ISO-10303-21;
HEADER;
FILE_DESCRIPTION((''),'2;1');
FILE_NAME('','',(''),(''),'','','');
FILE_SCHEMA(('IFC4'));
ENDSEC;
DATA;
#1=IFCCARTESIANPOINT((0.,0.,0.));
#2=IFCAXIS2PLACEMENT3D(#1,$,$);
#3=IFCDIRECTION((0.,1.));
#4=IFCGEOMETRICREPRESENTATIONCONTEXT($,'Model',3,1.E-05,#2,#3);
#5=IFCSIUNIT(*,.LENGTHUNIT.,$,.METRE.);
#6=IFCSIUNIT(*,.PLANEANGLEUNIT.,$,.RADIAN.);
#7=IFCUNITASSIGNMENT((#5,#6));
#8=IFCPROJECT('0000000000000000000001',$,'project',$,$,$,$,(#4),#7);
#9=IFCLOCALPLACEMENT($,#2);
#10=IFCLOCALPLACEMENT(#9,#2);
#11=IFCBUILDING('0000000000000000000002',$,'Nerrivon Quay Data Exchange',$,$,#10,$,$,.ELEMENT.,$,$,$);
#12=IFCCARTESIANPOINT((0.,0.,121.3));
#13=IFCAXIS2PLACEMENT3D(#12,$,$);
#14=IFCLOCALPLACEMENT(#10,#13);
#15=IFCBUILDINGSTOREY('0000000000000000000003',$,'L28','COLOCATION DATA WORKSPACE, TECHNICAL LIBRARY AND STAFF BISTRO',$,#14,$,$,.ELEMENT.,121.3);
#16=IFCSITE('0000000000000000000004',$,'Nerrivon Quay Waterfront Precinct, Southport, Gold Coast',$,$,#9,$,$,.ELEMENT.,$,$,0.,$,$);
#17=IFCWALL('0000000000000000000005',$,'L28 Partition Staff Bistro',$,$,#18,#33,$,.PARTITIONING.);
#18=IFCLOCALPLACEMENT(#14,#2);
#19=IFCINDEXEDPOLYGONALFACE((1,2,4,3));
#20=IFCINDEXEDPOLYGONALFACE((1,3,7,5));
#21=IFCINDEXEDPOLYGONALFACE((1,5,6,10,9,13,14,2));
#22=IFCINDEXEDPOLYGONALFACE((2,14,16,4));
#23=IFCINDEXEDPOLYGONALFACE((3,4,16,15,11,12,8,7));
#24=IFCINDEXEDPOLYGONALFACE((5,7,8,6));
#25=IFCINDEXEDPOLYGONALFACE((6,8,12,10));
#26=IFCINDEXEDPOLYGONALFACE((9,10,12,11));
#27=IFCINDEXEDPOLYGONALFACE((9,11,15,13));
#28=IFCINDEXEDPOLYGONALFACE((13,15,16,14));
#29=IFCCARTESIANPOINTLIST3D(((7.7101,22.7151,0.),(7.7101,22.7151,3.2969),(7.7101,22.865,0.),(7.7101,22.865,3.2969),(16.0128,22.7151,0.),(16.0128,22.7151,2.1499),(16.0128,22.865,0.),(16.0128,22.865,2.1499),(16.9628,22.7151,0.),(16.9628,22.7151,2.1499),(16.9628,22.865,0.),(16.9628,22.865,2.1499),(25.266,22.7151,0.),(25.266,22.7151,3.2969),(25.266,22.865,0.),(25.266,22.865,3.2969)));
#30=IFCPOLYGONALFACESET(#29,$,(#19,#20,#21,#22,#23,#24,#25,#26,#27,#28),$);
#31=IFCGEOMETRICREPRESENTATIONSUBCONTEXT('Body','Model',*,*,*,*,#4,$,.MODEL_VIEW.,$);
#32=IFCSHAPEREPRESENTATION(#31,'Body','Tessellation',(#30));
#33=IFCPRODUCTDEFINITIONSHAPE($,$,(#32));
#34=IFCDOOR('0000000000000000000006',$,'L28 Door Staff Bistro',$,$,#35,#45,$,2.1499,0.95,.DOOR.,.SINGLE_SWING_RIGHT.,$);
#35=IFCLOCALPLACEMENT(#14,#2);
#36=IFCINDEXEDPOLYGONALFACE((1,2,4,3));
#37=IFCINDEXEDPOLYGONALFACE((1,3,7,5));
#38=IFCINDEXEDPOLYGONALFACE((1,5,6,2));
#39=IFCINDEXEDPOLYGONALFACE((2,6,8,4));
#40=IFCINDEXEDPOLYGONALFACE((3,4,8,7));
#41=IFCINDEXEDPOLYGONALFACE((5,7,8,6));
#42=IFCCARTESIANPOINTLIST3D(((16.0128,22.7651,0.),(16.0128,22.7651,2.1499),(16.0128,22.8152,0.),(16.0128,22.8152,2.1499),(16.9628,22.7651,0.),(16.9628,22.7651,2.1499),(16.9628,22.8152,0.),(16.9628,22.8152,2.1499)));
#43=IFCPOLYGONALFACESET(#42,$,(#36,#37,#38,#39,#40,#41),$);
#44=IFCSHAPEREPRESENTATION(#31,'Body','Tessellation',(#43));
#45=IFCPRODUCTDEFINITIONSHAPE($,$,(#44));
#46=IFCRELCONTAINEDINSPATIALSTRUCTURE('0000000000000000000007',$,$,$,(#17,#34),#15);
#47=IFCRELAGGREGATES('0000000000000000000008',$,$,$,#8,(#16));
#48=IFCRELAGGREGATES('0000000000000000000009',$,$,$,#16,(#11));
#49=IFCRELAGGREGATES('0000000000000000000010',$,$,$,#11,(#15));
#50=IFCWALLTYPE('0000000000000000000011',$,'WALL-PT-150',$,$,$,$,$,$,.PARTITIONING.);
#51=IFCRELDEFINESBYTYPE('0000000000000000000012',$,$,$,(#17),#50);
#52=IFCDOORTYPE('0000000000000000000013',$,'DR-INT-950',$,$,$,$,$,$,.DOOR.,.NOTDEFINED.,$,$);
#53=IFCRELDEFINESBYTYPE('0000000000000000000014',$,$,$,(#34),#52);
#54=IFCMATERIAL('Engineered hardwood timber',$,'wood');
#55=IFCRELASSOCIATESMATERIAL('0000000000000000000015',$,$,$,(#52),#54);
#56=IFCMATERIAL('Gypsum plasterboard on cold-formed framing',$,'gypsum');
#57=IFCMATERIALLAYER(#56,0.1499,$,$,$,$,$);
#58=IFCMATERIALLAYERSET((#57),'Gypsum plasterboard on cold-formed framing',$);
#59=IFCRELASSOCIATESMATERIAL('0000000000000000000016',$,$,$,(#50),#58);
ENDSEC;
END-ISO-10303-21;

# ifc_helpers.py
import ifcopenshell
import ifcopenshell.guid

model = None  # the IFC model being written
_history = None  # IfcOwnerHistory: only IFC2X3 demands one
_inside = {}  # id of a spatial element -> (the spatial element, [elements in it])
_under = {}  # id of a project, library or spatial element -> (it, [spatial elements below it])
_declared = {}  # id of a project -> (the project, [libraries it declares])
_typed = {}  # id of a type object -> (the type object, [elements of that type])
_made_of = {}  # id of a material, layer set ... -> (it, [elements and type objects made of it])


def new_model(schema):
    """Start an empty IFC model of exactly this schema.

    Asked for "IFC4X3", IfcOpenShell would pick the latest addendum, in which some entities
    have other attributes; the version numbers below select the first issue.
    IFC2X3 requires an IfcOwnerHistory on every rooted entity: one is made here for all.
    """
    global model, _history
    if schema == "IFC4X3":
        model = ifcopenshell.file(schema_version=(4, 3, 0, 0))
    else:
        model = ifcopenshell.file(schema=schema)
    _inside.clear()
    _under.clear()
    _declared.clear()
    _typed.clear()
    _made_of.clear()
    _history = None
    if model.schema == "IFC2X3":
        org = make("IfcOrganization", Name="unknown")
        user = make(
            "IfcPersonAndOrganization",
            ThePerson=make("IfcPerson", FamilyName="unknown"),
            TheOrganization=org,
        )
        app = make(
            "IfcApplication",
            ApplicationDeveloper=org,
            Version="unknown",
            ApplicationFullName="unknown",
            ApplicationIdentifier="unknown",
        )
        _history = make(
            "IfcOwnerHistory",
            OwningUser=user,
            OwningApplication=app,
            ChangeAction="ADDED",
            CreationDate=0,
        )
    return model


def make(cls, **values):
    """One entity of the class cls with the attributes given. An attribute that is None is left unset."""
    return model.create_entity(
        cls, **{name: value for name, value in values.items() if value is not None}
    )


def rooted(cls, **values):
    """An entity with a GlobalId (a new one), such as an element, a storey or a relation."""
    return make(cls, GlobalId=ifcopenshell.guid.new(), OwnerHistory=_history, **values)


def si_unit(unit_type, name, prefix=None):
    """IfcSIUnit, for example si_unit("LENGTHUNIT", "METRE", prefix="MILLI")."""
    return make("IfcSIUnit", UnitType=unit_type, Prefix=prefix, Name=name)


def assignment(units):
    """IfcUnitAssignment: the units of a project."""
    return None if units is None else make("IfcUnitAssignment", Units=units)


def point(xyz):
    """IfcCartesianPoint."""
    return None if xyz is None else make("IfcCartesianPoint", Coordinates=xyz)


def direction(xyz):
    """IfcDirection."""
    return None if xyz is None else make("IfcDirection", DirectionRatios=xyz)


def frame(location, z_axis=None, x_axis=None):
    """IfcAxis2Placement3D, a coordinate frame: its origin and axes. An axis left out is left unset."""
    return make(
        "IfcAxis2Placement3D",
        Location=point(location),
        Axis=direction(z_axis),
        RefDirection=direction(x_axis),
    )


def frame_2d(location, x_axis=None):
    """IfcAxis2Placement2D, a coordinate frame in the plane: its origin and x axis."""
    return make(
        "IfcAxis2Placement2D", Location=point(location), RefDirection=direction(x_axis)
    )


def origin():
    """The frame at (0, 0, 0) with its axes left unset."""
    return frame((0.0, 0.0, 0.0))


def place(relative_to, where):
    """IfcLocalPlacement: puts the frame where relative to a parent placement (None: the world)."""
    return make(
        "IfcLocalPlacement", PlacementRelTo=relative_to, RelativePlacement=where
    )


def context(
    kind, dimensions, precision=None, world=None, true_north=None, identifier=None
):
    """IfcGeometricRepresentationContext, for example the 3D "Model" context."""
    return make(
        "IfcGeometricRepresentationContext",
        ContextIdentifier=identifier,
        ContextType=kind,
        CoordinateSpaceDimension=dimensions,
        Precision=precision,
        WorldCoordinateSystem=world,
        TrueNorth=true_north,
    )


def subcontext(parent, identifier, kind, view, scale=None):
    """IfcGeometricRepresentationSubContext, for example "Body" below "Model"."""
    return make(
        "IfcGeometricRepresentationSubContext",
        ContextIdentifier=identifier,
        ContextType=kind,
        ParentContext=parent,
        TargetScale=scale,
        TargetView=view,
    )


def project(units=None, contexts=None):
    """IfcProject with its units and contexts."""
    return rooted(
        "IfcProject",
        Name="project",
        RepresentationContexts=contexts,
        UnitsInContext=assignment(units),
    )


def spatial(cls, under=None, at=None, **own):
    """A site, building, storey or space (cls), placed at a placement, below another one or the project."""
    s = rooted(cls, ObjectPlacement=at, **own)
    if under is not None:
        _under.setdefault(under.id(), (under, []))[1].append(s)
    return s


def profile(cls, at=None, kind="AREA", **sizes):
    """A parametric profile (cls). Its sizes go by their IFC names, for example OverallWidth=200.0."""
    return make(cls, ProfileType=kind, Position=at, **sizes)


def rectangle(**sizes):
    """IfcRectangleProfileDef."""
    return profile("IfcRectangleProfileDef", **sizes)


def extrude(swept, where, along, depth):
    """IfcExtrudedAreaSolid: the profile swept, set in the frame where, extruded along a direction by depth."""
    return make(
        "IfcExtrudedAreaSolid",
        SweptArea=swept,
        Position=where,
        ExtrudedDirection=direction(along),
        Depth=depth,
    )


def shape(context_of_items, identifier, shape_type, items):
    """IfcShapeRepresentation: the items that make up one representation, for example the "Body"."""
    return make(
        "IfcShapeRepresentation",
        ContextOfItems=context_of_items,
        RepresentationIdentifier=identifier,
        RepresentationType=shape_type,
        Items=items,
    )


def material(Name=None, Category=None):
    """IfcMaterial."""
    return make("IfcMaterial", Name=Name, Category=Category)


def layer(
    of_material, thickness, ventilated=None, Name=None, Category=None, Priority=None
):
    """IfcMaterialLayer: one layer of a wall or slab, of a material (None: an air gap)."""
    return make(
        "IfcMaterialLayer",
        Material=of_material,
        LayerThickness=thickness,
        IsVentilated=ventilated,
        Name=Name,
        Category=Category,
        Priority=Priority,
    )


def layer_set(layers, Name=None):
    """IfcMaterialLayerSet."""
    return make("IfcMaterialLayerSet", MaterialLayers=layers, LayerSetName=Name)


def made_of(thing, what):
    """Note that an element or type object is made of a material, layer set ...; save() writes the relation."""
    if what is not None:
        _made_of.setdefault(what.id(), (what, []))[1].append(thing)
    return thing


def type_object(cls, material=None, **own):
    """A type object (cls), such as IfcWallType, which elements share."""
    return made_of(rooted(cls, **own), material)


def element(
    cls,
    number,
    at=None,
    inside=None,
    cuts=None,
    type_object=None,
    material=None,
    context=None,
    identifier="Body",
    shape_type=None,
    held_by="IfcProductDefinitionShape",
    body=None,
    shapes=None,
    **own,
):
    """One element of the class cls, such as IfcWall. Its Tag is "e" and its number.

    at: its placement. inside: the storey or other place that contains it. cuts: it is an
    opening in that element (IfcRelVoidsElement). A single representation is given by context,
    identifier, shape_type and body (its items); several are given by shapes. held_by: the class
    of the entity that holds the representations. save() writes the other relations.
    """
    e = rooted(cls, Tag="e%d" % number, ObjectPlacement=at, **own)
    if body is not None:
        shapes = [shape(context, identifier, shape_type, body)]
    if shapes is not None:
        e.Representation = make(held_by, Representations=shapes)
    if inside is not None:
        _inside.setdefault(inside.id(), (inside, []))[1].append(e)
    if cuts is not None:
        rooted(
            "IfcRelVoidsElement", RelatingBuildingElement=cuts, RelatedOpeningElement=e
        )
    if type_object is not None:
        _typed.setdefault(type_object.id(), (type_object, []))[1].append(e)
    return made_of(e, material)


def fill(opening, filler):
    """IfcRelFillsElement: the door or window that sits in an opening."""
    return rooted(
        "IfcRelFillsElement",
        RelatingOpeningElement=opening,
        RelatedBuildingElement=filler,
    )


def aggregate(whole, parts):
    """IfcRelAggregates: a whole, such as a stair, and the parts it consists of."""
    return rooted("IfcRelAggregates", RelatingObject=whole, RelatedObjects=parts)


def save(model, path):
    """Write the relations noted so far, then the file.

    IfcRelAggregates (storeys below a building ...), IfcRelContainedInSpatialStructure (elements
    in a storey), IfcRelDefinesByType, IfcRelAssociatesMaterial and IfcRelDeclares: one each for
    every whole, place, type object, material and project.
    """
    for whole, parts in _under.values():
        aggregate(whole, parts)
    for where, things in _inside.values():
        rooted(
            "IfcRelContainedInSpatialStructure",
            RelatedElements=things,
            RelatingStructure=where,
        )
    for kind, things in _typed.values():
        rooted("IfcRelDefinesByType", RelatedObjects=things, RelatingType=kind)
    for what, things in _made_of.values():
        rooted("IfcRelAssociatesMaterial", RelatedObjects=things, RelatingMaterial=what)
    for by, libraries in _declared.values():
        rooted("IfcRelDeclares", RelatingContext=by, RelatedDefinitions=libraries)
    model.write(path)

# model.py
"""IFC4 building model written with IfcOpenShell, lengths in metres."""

from ifc_helpers import new_model, si_unit, direction, frame, frame_2d, origin, place, context, subcontext, project, spatial, rectangle, extrude, material, layer, layer_set, type_object, element, fill, save


model = new_model("IFC4")

# Units and contexts
model_context = context("Model", 3, precision=1e-05, world=origin(), true_north=direction((0.0, 1.0)))
body_context = subcontext(model_context, "Body", "Model", "MODEL_VIEW")
ifc_project = project(units=[si_unit("LENGTHUNIT", "METRE"), si_unit("PLANEANGLEUNIT", "RADIAN")], contexts=[model_context])

# Site, building, storey
site_placement = place(None, origin())
site = spatial("IfcSite", under=ifc_project, at=site_placement, Name="Nerrivon Quay Waterfront Precinct, Southport, Gold Coast", CompositionType="ELEMENT", RefElevation=0.0)
building_placement = place(site_placement, origin())
building = spatial("IfcBuilding", under=site, at=building_placement, Name="Nerrivon Quay Data Exchange", CompositionType="ELEMENT")
storey_placement = place(building_placement, frame((0.0, 0.0, 121.3)))
storey = spatial("IfcBuildingStorey", under=building, at=storey_placement, Name="L28", Description="COLOCATION DATA WORKSPACE, TECHNICAL LIBRARY AND STAFF BISTRO", CompositionType="ELEMENT", Elevation=121.3)

# Shared definitions
ifc_material_1 = material(Name="Gypsum plasterboard on cold-formed framing", Category="gypsum")

# Shared definitions
ifc_material_2 = material(Name="Engineered hardwood timber", Category="wood")
door_type = type_object("IfcDoorType", Name="DR-INT-950", OperationType="NOTDEFINED", PredefinedType="DOOR", material=ifc_material_2)

# Shared definitions
ifc_layer_1 = layer(ifc_material_1, 0.1499)
ifc_layer_set_1 = layer_set([ifc_layer_1], Name="Gypsum plasterboard on cold-formed framing")
wall_type_1 = type_object("IfcWallType", Name="WALL-PT-150", PredefinedType="PARTITIONING", material=ifc_layer_set_1)

# Wall, opening, door
wall_1_placement = place(storey_placement, frame((25.2659, 22.79, 0.0), z_axis=(0.0, 0.0, 1.0), x_axis=(-1.0, 0.0, 0.0)))
wall_1 = element("IfcWall", 1, at=wall_1_placement, inside=storey, type_object=wall_type_1, Name="L28 Partition Staff Bistro", PredefinedType="PARTITIONING", context=body_context, shape_type="SweptSolid", body=[
    extrude(rectangle(XDim=17.5559, YDim=0.1499, at=frame_2d((8.7778, 0.0))), origin(), (0.0, 0.0, 1.0), 3.2969),
])
opening_1_placement = place(wall_1_placement, frame((8.303, 0.0, 0.0)))
opening_1 = element("IfcOpeningElement", 2, at=opening_1_placement, cuts=wall_1, PredefinedType="OPENING", context=body_context, shape_type="SweptSolid", body=[
    extrude(rectangle(XDim=0.95, YDim=2.1499, at=frame_2d((0.4751, 1.075))), frame((0.0, 0.085, 0.0), z_axis=(0.0, -1.0, 0.0), x_axis=(1.0, 0.0, 0.0)), (0.0, 0.0, 1.0), 0.1699),
])
door_1_placement = place(opening_1_placement, origin())
door_1 = element("IfcDoor", 3, at=door_1_placement, inside=storey, type_object=door_type, Name="L28 Door Staff Bistro", OperationType="SINGLE_SWING_RIGHT", OverallHeight=2.1499, OverallWidth=0.95, PredefinedType="DOOR", context=body_context, shape_type="SweptSolid", body=[
    extrude(rectangle(XDim=0.95, YDim=2.1499, at=frame_2d((0.4751, 1.075))), frame((0.0, 0.0249, 0.0), z_axis=(0.0, -1.0, 0.0), x_axis=(1.0, 0.0, 0.0)), (0.0, 0.0, 1.0), 0.05),
])
fill(opening_1, door_1)

save(model, "model.ifc")
